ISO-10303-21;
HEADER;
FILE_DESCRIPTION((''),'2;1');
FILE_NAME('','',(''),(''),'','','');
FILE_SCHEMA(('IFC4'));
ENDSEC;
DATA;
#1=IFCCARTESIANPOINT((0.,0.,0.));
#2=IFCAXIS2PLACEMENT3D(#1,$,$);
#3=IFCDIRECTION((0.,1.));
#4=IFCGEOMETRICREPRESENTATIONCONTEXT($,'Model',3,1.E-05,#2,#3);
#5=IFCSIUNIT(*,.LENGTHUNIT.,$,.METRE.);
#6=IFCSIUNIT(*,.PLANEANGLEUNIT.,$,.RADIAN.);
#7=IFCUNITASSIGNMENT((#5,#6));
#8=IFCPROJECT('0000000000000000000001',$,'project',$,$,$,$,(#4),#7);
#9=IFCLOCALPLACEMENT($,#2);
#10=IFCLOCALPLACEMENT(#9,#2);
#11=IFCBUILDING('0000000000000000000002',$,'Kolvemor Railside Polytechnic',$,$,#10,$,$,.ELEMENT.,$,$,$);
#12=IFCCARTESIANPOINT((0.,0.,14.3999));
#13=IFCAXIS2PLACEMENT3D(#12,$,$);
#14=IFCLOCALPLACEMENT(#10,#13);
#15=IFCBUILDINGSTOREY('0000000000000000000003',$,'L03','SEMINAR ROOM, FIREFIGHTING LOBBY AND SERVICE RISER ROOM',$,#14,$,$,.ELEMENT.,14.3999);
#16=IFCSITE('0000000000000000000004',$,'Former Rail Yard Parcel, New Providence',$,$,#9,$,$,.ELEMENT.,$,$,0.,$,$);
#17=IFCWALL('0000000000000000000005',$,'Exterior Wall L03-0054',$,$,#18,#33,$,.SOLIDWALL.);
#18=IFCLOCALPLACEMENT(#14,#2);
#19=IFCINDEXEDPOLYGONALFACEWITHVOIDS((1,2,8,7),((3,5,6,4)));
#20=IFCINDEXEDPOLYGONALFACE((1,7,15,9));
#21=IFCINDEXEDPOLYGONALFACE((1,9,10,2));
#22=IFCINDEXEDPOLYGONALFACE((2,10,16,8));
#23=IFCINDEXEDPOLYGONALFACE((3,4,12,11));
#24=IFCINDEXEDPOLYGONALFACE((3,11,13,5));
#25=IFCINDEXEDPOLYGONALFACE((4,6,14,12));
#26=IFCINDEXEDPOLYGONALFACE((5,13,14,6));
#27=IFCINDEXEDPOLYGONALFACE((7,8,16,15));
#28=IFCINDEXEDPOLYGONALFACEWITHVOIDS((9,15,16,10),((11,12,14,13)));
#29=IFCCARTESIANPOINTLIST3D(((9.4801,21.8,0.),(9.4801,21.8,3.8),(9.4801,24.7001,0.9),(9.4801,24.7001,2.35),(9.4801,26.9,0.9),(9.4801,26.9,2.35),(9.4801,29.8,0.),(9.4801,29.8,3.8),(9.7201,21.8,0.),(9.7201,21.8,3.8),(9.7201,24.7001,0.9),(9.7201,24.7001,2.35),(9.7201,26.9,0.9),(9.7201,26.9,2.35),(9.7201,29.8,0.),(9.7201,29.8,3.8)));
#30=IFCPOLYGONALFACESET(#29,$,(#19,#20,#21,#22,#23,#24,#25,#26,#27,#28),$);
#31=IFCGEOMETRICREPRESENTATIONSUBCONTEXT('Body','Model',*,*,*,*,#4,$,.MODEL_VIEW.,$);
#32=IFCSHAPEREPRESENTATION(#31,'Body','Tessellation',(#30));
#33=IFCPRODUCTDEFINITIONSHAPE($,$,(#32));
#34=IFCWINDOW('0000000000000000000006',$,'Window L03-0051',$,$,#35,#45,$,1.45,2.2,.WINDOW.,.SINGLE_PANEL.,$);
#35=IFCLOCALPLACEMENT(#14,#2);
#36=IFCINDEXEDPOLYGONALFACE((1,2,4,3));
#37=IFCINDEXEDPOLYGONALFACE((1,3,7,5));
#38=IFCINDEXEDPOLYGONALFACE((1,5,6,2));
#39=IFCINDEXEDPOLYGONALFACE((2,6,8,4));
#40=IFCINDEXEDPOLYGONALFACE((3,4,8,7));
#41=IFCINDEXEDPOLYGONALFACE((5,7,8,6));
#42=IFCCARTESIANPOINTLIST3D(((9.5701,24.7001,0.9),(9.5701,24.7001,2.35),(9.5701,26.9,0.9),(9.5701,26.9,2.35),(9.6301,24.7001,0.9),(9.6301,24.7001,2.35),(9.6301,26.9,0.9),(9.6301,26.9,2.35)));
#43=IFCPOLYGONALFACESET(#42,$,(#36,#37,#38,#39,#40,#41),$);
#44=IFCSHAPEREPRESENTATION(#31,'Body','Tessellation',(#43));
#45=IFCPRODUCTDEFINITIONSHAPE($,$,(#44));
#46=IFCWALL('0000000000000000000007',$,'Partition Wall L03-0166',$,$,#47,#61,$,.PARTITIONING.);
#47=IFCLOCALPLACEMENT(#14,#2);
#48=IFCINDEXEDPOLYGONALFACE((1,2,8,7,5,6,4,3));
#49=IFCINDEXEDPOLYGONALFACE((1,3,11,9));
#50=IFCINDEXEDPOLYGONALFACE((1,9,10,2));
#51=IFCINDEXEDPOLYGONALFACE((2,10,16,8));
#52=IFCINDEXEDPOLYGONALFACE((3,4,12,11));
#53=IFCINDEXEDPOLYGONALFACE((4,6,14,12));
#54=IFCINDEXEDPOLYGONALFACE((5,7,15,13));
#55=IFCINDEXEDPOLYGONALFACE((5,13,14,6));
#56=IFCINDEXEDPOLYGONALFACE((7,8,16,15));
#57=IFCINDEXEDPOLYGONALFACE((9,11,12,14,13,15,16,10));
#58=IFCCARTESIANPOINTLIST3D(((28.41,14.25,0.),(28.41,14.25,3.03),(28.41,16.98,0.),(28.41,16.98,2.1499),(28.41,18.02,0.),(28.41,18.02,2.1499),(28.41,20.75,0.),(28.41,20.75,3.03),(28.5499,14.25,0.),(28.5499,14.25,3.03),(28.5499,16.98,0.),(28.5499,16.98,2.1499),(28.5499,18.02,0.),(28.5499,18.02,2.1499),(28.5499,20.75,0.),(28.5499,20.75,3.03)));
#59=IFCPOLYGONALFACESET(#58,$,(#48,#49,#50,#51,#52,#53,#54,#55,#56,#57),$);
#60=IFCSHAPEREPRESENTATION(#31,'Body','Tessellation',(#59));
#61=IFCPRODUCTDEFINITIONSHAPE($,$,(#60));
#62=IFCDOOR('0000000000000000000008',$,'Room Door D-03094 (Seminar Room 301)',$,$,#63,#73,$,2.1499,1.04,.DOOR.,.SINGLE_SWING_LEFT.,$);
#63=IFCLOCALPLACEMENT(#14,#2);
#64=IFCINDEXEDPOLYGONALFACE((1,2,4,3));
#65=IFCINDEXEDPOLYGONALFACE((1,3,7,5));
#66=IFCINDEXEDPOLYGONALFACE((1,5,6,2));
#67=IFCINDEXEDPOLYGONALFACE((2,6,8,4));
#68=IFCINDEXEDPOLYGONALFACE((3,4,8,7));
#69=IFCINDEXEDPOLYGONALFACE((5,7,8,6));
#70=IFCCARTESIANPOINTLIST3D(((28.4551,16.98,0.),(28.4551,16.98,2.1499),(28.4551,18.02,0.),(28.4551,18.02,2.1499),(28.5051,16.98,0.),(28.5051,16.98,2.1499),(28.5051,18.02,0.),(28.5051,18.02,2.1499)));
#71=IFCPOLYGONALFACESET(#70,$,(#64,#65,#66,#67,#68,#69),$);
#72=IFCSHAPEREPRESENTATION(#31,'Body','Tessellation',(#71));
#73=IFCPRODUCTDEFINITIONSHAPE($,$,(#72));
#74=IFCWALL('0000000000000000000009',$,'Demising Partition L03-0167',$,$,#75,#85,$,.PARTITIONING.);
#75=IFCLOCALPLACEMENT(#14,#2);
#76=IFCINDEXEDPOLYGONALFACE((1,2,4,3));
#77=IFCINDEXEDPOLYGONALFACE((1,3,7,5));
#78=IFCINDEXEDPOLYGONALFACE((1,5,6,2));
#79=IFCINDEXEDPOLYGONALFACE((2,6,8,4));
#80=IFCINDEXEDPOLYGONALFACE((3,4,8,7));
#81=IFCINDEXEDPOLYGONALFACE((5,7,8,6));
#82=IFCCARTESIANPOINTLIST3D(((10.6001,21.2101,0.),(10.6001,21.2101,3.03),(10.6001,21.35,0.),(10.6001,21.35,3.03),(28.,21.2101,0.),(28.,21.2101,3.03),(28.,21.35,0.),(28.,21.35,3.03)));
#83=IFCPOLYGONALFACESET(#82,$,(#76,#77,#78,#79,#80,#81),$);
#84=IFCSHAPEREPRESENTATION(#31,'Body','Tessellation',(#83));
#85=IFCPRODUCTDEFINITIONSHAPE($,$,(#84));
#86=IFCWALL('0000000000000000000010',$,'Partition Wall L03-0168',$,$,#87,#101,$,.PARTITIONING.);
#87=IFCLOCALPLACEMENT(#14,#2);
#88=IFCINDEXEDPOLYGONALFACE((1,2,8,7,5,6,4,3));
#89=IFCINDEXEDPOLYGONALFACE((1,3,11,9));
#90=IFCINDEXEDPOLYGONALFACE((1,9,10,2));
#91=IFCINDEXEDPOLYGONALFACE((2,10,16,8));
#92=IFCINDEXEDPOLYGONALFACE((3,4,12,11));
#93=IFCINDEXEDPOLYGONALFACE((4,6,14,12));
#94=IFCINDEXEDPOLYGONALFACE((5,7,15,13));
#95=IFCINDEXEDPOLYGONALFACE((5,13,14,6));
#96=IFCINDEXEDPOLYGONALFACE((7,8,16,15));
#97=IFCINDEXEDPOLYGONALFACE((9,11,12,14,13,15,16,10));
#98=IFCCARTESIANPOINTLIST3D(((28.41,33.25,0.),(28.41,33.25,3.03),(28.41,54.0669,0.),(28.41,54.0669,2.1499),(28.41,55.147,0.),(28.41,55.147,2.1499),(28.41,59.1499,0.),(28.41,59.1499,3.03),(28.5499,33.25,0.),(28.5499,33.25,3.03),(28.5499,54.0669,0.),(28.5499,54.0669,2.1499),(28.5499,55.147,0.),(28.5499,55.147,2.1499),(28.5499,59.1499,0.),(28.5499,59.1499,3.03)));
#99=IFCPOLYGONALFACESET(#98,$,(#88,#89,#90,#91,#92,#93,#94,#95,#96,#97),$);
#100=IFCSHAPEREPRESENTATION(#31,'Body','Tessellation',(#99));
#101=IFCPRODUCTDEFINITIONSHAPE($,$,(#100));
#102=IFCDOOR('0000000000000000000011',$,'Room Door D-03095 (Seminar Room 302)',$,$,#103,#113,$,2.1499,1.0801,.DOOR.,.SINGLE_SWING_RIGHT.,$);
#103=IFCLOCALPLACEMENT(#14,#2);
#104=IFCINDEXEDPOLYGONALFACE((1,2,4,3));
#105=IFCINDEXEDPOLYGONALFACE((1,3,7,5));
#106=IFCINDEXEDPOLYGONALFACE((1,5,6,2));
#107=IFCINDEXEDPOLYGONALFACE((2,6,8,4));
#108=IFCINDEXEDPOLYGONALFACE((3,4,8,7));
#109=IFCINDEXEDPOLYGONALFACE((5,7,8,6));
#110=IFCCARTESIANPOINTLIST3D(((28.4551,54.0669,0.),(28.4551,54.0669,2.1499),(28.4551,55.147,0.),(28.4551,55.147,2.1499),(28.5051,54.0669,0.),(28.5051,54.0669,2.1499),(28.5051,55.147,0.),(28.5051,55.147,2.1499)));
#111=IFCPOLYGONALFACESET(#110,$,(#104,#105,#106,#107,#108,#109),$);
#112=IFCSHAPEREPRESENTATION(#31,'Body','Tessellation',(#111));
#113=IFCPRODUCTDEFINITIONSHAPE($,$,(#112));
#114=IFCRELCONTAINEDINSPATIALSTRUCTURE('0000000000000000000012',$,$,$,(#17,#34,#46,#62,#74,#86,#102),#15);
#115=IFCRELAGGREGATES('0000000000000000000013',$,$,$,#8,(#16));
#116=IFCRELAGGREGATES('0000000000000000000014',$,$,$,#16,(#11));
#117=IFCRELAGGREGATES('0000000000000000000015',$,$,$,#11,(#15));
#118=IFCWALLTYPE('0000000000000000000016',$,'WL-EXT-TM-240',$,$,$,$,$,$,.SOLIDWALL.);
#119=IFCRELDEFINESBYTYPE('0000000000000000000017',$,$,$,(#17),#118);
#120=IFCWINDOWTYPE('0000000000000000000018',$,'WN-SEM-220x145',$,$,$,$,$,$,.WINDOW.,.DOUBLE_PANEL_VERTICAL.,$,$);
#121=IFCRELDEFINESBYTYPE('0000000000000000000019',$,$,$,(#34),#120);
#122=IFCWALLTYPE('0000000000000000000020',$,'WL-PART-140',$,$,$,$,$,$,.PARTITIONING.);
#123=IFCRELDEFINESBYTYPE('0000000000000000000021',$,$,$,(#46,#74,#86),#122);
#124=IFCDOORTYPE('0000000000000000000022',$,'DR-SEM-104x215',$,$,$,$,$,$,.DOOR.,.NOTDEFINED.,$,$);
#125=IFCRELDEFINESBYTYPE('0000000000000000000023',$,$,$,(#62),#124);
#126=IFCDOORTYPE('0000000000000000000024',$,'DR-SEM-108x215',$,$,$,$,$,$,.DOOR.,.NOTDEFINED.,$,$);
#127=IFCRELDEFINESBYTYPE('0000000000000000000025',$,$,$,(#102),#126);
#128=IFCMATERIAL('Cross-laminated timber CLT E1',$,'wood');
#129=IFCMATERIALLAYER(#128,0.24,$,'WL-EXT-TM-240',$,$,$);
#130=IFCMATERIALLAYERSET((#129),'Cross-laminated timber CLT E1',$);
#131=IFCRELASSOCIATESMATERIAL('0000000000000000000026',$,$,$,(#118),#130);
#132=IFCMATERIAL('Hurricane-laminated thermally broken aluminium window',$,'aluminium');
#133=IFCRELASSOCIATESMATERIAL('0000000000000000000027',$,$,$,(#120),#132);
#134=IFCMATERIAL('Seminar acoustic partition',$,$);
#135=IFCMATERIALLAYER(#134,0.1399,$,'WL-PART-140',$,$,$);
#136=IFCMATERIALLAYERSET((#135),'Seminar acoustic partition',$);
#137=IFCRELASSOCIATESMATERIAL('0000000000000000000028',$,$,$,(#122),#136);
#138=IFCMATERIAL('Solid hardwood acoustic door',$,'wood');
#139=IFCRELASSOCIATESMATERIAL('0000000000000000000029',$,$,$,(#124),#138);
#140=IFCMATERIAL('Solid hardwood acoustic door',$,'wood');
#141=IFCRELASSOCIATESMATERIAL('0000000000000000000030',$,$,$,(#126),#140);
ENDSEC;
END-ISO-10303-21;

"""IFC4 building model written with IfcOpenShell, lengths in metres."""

from ifc_helpers import new_model, si_unit, direction, frame, frame_2d, origin, place, context, subcontext, project, spatial, rectangle, extrude, material, layer, layer_set, type_object, element, fill, save


model = new_model("IFC4")

# Units and contexts
model_context = context("Model", 3, precision=1e-05, world=origin(), true_north=direction((0.0, 1.0)))
body_context = subcontext(model_context, "Body", "Model", "MODEL_VIEW")
ifc_project = project(units=[si_unit("LENGTHUNIT", "METRE"), si_unit("PLANEANGLEUNIT", "RADIAN")], contexts=[model_context])

# Site, building, storey
site_placement = place(None, origin())
site = spatial("IfcSite", under=ifc_project, at=site_placement, Name="Former Rail Yard Parcel, New Providence", CompositionType="ELEMENT", RefElevation=0.0)
building_placement = place(site_placement, origin())
building = spatial("IfcBuilding", under=site, at=building_placement, Name="Kolvemor Railside Polytechnic", CompositionType="ELEMENT")
storey_placement = place(building_placement, frame((0.0, 0.0, 14.3999)))
storey = spatial("IfcBuildingStorey", under=building, at=storey_placement, Name="L03", Description="SEMINAR ROOM, FIREFIGHTING LOBBY AND SERVICE RISER ROOM", CompositionType="ELEMENT", Elevation=14.3999)

# Wall, opening, window
ifc_material_1 = material(Name="Cross-laminated timber CLT E1", Category="wood")
ifc_layer_1 = layer(ifc_material_1, 0.24, Name="WL-EXT-TM-240")
ifc_layer_set_1 = layer_set([ifc_layer_1], Name="Cross-laminated timber CLT E1")
wall_type_1 = type_object("IfcWallType", Name="WL-EXT-TM-240", PredefinedType="SOLIDWALL", material=ifc_layer_set_1)
ifc_material_2 = material(Name="Hurricane-laminated thermally broken aluminium window", Category="aluminium")
window_type = type_object("IfcWindowType", Name="WN-SEM-220x145", PartitioningType="DOUBLE_PANEL_VERTICAL", PredefinedType="WINDOW", material=ifc_material_2)
wall_1_placement = place(storey_placement, frame((9.6001, 29.8, 0.0), z_axis=(0.0, 0.0, 1.0), x_axis=(0.0, -1.0, 0.0)))
wall_1 = element("IfcWall", 1, at=wall_1_placement, inside=storey, type_object=wall_type_1, Name="Exterior Wall L03-0054", PredefinedType="SOLIDWALL", context=body_context, shape_type="SweptSolid", body=[
    extrude(rectangle(XDim=8.0, YDim=0.24, at=frame_2d((4.0, 0.0))), origin(), (0.0, 0.0, 1.0), 3.8),
])
opening_1_placement = place(wall_1_placement, frame((2.8999, 0.0, 0.8999)))
opening_1 = element("IfcOpeningElement", 2, at=opening_1_placement, cuts=wall_1, PredefinedType="OPENING", context=body_context, shape_type="SweptSolid", body=[
    extrude(rectangle(XDim=2.2, YDim=1.45, at=frame_2d((1.1001, 0.7251))), frame((0.0, 0.1299, 0.0), z_axis=(0.0, -1.0, 0.0), x_axis=(1.0, 0.0, 0.0)), (0.0, 0.0, 1.0), 0.26),
])
window_1_placement = place(opening_1_placement, origin())
window_1 = element("IfcWindow", 3, at=window_1_placement, inside=storey, type_object=window_type, Name="Window L03-0051", OverallHeight=1.45, OverallWidth=2.2, PartitioningType="SINGLE_PANEL", PredefinedType="WINDOW", context=body_context, shape_type="SweptSolid", body=[
    extrude(rectangle(XDim=2.2, YDim=1.45, at=frame_2d((1.1001, 0.7251))), frame((0.0, 0.03, 0.0), z_axis=(0.0, -1.0, 0.0), x_axis=(1.0, 0.0, 0.0)), (0.0, 0.0, 1.0), 0.0601),
])
fill(opening_1, window_1)

# Wall, opening, door
ifc_material_3 = material(Name="Seminar acoustic partition")
ifc_layer_2 = layer(ifc_material_3, 0.1399, Name="WL-PART-140")
ifc_layer_set_2 = layer_set([ifc_layer_2], Name="Seminar acoustic partition")
wall_type_2 = type_object("IfcWallType", Name="WL-PART-140", PredefinedType="PARTITIONING", material=ifc_layer_set_2)
wall_2_placement = place(storey_placement, frame((28.48, 14.25, 0.0), z_axis=(0.0, 0.0, 1.0), x_axis=(0.0, 1.0, 0.0)))
wall_2 = element("IfcWall", 4, at=wall_2_placement, inside=storey, type_object=wall_type_2, Name="Partition Wall L03-0166", PredefinedType="PARTITIONING", context=body_context, shape_type="SweptSolid", body=[
    extrude(rectangle(XDim=6.5, YDim=0.1399, at=frame_2d((3.25, 0.0))), origin(), (0.0, 0.0, 1.0), 3.03),
])
opening_2_placement = place(wall_2_placement, frame((2.73, 0.0, 0.0)))
opening_2 = element("IfcOpeningElement", 5, at=opening_2_placement, cuts=wall_2, PredefinedType="OPENING", context=body_context, shape_type="SweptSolid", body=[
    extrude(rectangle(XDim=1.04, YDim=2.1499, at=frame_2d((0.52, 1.075))), frame((0.0, 0.0798, 0.0), z_axis=(0.0, -1.0, 0.0), x_axis=(1.0, 0.0, 0.0)), (0.0, 0.0, 1.0), 0.1599),
])
ifc_material_4 = material(Name="Solid hardwood acoustic door", Category="wood")
door_type_1 = type_object("IfcDoorType", Name="DR-SEM-104x215", OperationType="NOTDEFINED", PredefinedType="DOOR", material=ifc_material_4)
door_1_placement = place(opening_2_placement, origin())
door_1 = element("IfcDoor", 6, at=door_1_placement, inside=storey, type_object=door_type_1, Name="Room Door D-03094 (Seminar Room 301)", OperationType="SINGLE_SWING_LEFT", OverallHeight=2.1499, OverallWidth=1.04, PredefinedType="DOOR", context=body_context, shape_type="SweptSolid", body=[
    extrude(rectangle(XDim=1.04, YDim=2.1499, at=frame_2d((0.52, 1.075))), frame((0.0, 0.0249, 0.0), z_axis=(0.0, -1.0, 0.0), x_axis=(1.0, 0.0, 0.0)), (0.0, 0.0, 1.0), 0.05),
])
fill(opening_2, door_1)

# Wall
wall_3_placement = place(storey_placement, frame((10.6001, 21.28, 0.0), z_axis=(0.0, 0.0, 1.0), x_axis=(1.0, 0.0, 0.0)))
element("IfcWall", 7, at=wall_3_placement, inside=storey, type_object=wall_type_2, Name="Demising Partition L03-0167", PredefinedType="PARTITIONING", context=body_context, shape_type="SweptSolid", body=[
    extrude(rectangle(XDim=17.3999, YDim=0.1399, at=frame_2d((8.7, 0.0))), origin(), (0.0, 0.0, 1.0), 3.03),
])

# Wall, opening, door
wall_4_placement = place(storey_placement, frame((28.48, 33.25, 0.0), z_axis=(0.0, 0.0, 1.0), x_axis=(0.0, 1.0, 0.0)))
wall_4 = element("IfcWall", 8, at=wall_4_placement, inside=storey, type_object=wall_type_2, Name="Partition Wall L03-0168", PredefinedType="PARTITIONING", context=body_context, shape_type="SweptSolid", body=[
    extrude(rectangle(XDim=25.8999, YDim=0.1399, at=frame_2d((12.95, 0.0))), origin(), (0.0, 0.0, 1.0), 3.03),
])
opening_3_placement = place(wall_4_placement, frame((20.8169, 0.0, 0.0)))
opening_3 = element("IfcOpeningElement", 9, at=opening_3_placement, cuts=wall_4, PredefinedType="OPENING", context=body_context, shape_type="SweptSolid", body=[
    extrude(rectangle(XDim=1.0801, YDim=2.1499, at=frame_2d((0.54, 1.075))), frame((0.0, 0.0798, 0.0), z_axis=(0.0, -1.0, 0.0), x_axis=(1.0, 0.0, 0.0)), (0.0, 0.0, 1.0), 0.1599),
])
ifc_material_5 = material(Name="Solid hardwood acoustic door", Category="wood")
door_type_2 = type_object("IfcDoorType", Name="DR-SEM-108x215", OperationType="NOTDEFINED", PredefinedType="DOOR", material=ifc_material_5)
door_2_placement = place(opening_3_placement, origin())
door_2 = element("IfcDoor", 10, at=door_2_placement, inside=storey, type_object=door_type_2, Name="Room Door D-03095 (Seminar Room 302)", OperationType="SINGLE_SWING_RIGHT", OverallHeight=2.1499, OverallWidth=1.0801, PredefinedType="DOOR", context=body_context, shape_type="SweptSolid", body=[
    extrude(rectangle(XDim=1.0801, YDim=2.1499, at=frame_2d((0.54, 1.075))), frame((0.0, 0.0249, 0.0), z_axis=(0.0, -1.0, 0.0), x_axis=(1.0, 0.0, 0.0)), (0.0, 0.0, 1.0), 0.05),
])
fill(opening_3, door_2)

save(model, "model.ifc")
